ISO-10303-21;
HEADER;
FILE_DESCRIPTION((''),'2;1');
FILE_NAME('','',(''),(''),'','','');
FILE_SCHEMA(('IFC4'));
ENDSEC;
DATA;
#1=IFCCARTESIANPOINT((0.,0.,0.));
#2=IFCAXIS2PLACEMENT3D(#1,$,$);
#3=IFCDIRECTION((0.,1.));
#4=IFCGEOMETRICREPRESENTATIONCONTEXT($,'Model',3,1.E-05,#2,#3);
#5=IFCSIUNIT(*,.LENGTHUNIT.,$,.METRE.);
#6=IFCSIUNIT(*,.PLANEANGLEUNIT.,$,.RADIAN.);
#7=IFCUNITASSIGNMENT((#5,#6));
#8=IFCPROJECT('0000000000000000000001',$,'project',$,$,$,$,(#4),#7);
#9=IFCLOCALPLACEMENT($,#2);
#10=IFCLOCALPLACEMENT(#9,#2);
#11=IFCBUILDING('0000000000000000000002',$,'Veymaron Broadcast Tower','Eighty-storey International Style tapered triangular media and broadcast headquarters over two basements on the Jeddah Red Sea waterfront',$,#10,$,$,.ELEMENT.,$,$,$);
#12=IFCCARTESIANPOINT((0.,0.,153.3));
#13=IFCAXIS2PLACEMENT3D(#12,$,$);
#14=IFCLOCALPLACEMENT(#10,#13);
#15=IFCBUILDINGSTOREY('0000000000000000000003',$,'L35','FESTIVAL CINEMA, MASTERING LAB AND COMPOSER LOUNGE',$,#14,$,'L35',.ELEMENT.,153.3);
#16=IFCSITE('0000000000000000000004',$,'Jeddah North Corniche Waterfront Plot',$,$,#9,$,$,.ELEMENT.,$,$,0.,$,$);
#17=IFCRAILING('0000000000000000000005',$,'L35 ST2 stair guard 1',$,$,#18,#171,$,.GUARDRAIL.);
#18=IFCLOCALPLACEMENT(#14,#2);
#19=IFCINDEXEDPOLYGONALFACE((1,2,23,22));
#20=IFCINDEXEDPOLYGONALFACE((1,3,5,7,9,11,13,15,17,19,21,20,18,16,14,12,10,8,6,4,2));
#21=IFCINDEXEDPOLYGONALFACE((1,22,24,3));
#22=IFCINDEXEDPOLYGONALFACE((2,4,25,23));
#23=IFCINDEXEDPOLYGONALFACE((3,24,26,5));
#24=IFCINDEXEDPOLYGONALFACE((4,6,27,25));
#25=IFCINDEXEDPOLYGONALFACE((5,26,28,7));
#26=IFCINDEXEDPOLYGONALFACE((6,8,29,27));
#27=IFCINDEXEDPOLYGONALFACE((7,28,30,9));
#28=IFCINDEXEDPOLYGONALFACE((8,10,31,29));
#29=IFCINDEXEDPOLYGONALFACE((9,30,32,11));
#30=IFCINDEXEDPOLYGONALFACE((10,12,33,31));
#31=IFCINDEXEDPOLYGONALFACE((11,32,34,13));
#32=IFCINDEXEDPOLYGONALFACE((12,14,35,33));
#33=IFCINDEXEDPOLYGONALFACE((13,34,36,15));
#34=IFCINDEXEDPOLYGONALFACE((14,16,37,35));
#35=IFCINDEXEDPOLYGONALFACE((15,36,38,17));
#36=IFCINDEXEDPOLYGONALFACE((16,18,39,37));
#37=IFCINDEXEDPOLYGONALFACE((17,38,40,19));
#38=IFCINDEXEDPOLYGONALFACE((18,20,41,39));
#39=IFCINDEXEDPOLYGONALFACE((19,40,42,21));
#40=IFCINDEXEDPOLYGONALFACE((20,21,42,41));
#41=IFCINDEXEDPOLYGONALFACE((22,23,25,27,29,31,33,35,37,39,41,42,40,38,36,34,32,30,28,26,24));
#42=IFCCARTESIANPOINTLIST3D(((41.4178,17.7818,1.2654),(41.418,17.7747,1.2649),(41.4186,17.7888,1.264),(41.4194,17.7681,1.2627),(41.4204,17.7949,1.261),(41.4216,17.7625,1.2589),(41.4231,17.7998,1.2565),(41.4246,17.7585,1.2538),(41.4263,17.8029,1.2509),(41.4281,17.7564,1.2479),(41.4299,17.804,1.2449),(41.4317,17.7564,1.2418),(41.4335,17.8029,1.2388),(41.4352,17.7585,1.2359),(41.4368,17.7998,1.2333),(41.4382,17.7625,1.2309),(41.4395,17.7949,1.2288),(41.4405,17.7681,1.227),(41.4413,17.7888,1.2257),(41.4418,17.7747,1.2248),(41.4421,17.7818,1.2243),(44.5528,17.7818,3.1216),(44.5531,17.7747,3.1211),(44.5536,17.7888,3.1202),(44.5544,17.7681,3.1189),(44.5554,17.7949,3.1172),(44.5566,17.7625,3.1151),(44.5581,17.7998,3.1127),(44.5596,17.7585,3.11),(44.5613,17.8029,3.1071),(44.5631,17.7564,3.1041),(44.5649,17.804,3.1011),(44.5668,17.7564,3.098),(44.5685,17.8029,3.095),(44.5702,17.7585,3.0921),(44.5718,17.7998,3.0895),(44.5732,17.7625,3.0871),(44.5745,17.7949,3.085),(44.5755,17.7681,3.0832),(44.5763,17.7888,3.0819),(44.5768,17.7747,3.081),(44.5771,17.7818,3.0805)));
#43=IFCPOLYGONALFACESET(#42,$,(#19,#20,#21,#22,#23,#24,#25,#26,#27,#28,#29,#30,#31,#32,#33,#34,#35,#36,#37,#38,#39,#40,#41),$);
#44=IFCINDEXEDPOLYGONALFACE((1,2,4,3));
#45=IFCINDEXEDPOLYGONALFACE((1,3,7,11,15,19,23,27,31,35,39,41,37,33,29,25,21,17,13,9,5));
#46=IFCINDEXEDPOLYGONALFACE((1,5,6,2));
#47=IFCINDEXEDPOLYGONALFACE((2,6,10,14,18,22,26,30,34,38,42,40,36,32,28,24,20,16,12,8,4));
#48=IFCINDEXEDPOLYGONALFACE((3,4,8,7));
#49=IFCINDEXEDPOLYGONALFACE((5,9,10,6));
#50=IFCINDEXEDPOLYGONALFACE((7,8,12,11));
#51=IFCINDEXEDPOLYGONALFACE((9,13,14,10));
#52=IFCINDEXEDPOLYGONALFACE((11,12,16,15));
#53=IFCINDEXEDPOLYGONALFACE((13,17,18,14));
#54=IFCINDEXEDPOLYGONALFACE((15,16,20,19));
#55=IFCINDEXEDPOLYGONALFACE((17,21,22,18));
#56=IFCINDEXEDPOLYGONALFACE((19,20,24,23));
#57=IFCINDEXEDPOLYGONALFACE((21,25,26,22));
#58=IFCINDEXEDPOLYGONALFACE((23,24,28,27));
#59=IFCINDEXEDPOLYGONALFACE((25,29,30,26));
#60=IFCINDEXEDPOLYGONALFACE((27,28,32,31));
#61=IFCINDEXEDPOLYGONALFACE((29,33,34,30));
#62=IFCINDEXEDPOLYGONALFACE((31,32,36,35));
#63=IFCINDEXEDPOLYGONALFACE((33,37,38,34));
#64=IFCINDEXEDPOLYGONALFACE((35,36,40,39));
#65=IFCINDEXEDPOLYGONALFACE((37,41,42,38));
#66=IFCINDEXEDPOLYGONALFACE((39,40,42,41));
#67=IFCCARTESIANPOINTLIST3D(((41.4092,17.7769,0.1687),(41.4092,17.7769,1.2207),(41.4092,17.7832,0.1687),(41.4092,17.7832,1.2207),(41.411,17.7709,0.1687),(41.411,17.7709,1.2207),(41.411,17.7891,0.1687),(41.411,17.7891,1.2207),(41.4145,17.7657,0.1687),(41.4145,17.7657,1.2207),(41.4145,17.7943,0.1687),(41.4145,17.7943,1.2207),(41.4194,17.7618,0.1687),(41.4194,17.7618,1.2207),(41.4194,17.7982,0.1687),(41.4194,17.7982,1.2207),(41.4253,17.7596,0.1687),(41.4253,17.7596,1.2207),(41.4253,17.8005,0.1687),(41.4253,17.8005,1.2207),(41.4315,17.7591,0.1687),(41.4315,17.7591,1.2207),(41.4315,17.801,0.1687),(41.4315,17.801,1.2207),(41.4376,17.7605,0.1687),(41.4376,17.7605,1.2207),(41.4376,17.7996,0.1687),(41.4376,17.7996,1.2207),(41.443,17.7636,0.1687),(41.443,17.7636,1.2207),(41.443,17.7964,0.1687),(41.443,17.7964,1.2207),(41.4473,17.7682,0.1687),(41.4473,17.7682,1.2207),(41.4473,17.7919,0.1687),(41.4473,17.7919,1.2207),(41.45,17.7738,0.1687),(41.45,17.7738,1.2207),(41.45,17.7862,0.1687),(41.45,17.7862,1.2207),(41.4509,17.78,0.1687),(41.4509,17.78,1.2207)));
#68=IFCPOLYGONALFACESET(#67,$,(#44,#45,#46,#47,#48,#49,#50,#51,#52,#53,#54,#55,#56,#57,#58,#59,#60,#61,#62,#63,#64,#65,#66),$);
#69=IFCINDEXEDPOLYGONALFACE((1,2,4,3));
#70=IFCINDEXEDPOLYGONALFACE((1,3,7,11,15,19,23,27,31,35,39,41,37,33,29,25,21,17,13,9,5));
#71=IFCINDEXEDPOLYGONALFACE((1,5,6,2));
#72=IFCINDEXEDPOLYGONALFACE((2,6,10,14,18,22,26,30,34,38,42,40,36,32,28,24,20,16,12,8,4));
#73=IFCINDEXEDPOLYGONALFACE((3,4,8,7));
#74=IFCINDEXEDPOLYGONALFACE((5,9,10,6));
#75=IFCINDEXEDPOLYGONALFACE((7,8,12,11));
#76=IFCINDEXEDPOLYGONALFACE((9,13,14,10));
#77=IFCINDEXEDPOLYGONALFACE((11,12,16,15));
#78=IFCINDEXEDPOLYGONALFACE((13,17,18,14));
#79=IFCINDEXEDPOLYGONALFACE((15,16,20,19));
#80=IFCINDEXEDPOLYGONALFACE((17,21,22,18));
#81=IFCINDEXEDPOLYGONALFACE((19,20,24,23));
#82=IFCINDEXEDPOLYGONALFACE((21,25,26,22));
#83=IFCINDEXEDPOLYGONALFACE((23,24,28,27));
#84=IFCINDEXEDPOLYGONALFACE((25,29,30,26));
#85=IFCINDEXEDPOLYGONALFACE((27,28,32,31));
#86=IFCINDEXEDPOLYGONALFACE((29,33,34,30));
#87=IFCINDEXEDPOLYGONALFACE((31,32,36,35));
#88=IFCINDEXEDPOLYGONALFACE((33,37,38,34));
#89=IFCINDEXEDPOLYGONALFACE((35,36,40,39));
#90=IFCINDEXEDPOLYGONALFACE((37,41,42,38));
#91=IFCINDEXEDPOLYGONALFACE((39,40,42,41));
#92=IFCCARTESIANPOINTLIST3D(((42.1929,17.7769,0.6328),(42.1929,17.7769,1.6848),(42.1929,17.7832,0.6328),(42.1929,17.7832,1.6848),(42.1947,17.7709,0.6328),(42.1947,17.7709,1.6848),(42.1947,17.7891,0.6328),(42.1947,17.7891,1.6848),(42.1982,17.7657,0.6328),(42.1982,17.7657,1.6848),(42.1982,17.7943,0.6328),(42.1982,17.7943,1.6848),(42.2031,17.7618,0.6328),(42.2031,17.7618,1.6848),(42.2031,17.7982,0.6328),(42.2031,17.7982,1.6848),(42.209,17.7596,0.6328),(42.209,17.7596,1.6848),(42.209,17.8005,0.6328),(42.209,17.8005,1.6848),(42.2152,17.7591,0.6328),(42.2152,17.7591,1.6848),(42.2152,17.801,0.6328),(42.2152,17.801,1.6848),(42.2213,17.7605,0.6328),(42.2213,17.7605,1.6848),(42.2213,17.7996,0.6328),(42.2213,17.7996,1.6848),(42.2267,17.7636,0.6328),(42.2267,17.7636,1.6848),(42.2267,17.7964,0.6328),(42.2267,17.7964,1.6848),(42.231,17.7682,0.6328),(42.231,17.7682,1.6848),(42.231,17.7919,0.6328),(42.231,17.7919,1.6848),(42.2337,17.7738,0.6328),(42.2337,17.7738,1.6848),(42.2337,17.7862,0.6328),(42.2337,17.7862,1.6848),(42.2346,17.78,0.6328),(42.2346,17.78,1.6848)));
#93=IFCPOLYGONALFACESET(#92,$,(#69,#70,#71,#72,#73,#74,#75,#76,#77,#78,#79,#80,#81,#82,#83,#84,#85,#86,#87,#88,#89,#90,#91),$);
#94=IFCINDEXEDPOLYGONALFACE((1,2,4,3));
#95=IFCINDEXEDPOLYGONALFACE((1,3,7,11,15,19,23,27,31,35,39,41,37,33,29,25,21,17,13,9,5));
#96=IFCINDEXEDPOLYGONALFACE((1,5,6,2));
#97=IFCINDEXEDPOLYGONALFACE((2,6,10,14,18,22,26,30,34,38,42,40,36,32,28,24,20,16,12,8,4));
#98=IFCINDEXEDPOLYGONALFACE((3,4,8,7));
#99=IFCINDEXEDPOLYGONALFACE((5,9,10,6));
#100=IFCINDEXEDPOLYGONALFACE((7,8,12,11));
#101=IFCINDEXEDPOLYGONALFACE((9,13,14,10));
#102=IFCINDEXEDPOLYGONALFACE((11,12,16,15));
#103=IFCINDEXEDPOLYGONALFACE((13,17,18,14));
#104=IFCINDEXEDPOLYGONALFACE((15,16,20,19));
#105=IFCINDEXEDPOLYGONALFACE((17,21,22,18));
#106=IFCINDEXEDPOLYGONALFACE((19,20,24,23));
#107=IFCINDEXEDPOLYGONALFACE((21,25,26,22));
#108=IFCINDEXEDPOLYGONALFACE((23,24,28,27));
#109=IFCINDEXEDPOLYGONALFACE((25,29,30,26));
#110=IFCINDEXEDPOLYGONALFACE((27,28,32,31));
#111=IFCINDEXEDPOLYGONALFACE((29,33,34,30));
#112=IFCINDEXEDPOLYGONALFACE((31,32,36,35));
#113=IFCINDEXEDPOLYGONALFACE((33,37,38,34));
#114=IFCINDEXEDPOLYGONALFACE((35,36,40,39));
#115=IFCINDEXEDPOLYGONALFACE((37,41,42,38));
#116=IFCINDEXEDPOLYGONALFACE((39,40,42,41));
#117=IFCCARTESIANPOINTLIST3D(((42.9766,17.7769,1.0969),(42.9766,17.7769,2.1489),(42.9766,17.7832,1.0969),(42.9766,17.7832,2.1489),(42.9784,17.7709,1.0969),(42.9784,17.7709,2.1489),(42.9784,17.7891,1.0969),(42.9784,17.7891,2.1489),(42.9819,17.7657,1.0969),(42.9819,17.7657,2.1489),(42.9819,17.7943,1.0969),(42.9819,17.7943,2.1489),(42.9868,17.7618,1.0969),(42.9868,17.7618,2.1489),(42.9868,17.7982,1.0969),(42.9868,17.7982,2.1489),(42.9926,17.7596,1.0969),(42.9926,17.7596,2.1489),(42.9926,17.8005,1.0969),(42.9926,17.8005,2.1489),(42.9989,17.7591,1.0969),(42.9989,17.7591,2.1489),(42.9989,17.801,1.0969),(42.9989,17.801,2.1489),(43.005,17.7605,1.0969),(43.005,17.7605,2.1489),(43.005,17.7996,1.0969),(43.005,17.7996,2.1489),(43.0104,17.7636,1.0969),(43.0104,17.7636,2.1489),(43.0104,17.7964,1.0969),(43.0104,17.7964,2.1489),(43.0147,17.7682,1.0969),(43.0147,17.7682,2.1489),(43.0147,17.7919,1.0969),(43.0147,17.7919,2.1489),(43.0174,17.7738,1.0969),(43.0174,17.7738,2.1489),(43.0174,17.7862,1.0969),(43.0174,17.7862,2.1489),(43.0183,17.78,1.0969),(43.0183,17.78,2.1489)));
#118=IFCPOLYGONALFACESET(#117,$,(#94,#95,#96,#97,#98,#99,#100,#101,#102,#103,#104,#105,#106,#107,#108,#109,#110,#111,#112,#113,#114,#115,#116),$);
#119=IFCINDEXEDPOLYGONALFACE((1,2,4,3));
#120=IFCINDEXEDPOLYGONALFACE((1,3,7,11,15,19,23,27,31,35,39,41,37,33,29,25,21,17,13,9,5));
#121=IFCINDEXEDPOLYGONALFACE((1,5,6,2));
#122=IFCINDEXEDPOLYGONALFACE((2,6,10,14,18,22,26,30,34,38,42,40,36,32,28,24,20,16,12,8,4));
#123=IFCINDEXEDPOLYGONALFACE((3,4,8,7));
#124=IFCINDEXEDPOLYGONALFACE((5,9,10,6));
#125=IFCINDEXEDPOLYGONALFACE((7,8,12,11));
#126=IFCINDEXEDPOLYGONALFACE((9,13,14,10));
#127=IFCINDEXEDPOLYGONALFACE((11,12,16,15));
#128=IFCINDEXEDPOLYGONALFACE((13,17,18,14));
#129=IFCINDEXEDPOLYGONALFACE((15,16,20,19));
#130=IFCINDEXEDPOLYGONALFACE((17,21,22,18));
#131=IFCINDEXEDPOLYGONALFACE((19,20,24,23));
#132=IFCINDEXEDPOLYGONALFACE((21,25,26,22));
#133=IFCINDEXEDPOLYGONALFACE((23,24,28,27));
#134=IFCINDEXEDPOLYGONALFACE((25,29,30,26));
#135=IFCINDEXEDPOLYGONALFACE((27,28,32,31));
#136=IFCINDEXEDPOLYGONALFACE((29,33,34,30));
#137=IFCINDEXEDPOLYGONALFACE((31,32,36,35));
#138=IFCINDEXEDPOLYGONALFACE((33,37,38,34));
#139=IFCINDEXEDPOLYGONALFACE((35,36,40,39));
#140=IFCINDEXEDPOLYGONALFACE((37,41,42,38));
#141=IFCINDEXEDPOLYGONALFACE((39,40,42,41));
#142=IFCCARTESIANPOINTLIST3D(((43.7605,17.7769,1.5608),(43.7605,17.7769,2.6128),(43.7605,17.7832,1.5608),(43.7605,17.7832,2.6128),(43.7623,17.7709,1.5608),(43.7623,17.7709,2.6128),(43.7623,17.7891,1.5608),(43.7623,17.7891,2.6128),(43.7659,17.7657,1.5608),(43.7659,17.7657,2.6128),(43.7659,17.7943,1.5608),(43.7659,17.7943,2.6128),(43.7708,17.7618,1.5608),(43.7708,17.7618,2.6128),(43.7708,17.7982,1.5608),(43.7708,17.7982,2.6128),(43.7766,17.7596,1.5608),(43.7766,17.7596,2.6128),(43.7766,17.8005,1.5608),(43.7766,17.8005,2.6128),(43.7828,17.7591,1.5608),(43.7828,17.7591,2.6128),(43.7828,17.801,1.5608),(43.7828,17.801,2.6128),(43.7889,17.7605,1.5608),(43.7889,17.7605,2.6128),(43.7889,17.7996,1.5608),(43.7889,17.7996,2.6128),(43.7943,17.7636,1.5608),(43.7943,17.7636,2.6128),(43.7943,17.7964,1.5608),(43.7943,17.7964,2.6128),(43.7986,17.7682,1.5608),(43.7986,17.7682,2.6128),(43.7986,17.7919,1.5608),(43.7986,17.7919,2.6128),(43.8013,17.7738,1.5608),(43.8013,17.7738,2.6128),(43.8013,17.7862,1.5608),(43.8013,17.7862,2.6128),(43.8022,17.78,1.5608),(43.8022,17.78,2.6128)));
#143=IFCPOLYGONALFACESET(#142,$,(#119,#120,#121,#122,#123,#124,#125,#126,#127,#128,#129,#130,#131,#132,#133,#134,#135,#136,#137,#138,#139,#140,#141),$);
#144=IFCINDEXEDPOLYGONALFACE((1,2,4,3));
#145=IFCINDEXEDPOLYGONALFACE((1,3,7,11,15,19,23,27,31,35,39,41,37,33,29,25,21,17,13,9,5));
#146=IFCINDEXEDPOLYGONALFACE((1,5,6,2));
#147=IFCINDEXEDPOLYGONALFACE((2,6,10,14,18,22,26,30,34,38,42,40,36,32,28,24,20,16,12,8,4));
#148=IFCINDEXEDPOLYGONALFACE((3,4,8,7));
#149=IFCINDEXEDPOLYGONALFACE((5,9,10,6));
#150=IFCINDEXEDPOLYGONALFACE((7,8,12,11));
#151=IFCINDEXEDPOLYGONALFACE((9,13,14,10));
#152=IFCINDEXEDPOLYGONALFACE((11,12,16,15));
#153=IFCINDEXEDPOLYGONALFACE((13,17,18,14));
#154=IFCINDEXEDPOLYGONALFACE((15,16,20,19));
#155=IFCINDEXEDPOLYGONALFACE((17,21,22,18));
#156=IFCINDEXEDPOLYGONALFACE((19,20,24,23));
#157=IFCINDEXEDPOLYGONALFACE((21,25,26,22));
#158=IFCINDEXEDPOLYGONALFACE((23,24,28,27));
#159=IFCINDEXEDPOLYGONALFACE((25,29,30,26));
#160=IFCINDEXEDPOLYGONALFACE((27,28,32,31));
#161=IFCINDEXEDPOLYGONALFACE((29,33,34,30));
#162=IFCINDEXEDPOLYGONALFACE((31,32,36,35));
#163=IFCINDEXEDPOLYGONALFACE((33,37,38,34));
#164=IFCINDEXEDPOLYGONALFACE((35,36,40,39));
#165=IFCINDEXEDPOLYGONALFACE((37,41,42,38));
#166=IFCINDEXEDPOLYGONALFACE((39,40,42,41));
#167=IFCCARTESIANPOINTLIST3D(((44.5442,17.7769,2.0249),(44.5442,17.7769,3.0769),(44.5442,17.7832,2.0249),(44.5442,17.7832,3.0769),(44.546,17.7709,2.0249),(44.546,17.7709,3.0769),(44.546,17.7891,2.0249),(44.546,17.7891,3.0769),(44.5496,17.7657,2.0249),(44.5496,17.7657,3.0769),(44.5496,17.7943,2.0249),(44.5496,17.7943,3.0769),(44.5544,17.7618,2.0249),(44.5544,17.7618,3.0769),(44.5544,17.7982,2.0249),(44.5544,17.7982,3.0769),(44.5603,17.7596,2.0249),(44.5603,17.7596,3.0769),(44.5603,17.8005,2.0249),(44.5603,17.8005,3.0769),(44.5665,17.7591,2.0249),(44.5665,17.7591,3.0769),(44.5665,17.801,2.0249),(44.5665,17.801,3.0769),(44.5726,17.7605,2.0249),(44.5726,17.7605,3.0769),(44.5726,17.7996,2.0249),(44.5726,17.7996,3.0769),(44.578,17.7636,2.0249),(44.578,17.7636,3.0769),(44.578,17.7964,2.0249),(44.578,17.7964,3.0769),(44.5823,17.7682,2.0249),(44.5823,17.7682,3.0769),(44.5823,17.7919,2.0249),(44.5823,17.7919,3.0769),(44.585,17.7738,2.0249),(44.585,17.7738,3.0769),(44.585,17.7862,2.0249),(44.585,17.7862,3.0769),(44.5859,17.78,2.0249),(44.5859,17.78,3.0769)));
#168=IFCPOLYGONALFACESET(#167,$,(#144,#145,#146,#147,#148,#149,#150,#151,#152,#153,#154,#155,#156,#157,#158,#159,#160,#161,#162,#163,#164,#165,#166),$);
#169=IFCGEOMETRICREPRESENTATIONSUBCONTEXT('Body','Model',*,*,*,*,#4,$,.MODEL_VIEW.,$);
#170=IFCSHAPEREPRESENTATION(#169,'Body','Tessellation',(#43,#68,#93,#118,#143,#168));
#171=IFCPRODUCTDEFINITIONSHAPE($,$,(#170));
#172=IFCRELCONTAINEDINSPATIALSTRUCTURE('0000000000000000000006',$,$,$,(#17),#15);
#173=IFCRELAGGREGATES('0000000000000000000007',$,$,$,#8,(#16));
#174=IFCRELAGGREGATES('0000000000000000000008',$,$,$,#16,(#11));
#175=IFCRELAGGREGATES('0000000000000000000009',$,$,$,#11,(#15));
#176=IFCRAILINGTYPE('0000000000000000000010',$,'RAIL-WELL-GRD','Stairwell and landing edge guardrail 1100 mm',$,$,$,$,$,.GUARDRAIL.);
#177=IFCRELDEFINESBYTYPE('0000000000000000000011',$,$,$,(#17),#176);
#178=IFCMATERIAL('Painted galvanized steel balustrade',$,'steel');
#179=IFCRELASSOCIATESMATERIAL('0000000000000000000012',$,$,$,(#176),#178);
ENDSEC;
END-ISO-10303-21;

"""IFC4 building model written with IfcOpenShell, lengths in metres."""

from ifc_helpers import new_model, si_unit, direction, frame, origin, origin_2d, place, context, subcontext, project, spatial, circle, extrude, material, type_object, element, save


model = new_model("IFC4")

# Units and contexts
model_context = context("Model", 3, precision=1e-05, world=origin(), true_north=direction((0.0, 1.0)))
body_context = subcontext(model_context, "Body", "Model", "MODEL_VIEW")
ifc_project = project(units=[si_unit("LENGTHUNIT", "METRE"), si_unit("PLANEANGLEUNIT", "RADIAN")], contexts=[model_context])

# Site, building, storey
site_placement = place(None, origin())
site = spatial("IfcSite", under=ifc_project, at=site_placement, Name="Jeddah North Corniche Waterfront Plot", CompositionType="ELEMENT", RefElevation=0.0)
building_placement = place(site_placement, origin())
building = spatial("IfcBuilding", under=site, at=building_placement, Name="Veymaron Broadcast Tower", Description="Eighty-storey International Style tapered triangular media and broadcast headquarters over two basements on the Jeddah Red Sea waterfront", CompositionType="ELEMENT")
storey_placement = place(building_placement, frame((0.0, 0.0, 153.3)))
storey = spatial("IfcBuildingStorey", under=building, at=storey_placement, Name="L35", Description="FESTIVAL CINEMA, MASTERING LAB AND COMPOSER LOUNGE", LongName="L35", CompositionType="ELEMENT", Elevation=153.3)

# Railing
ifc_material_1 = material(Name="Painted galvanized steel balustrade", Category="steel")
railing_type_1 = type_object("IfcRailingType", Name="RAIL-WELL-GRD", Description="Stairwell and landing edge guardrail 1100 mm", PredefinedType="GUARDRAIL", material=ifc_material_1)
railing_1_placement = place(storey_placement, frame((41.4299, 17.78, 0.1687)))
element("IfcRailing", 1, at=railing_1_placement, inside=storey, type_object=railing_type_1, Name="L35 ST2 stair guard 1", PredefinedType="GUARDRAIL", context=body_context, shape_type="SweptSolid", body=[
    extrude(circle(Radius=0.0239, at=origin_2d()), frame((0.0, 0.0, 1.0762), z_axis=(0.860482, 0.0, 0.509481), x_axis=(0.0, 1.0, 0.0)), (0.0, 0.0, 1.0), 3.6433),
    extrude(circle(Radius=0.021, at=origin_2d()), origin(), (0.0, 0.0, 1.0), 1.052),
    extrude(circle(Radius=0.021, at=origin_2d()), frame((0.7837, 0.0, 0.4641)), (0.0, 0.0, 1.0), 1.052),
    extrude(circle(Radius=0.021, at=origin_2d()), frame((1.5674, 0.0, 0.9282)), (0.0, 0.0, 1.0), 1.052),
    extrude(circle(Radius=0.021, at=origin_2d()), frame((2.3513, 0.0, 1.3921)), (0.0, 0.0, 1.0), 1.052),
    extrude(circle(Radius=0.021, at=origin_2d()), frame((3.135, 0.0, 1.8562)), (0.0, 0.0, 1.0), 1.052),
])

save(model, "model.ifc")
